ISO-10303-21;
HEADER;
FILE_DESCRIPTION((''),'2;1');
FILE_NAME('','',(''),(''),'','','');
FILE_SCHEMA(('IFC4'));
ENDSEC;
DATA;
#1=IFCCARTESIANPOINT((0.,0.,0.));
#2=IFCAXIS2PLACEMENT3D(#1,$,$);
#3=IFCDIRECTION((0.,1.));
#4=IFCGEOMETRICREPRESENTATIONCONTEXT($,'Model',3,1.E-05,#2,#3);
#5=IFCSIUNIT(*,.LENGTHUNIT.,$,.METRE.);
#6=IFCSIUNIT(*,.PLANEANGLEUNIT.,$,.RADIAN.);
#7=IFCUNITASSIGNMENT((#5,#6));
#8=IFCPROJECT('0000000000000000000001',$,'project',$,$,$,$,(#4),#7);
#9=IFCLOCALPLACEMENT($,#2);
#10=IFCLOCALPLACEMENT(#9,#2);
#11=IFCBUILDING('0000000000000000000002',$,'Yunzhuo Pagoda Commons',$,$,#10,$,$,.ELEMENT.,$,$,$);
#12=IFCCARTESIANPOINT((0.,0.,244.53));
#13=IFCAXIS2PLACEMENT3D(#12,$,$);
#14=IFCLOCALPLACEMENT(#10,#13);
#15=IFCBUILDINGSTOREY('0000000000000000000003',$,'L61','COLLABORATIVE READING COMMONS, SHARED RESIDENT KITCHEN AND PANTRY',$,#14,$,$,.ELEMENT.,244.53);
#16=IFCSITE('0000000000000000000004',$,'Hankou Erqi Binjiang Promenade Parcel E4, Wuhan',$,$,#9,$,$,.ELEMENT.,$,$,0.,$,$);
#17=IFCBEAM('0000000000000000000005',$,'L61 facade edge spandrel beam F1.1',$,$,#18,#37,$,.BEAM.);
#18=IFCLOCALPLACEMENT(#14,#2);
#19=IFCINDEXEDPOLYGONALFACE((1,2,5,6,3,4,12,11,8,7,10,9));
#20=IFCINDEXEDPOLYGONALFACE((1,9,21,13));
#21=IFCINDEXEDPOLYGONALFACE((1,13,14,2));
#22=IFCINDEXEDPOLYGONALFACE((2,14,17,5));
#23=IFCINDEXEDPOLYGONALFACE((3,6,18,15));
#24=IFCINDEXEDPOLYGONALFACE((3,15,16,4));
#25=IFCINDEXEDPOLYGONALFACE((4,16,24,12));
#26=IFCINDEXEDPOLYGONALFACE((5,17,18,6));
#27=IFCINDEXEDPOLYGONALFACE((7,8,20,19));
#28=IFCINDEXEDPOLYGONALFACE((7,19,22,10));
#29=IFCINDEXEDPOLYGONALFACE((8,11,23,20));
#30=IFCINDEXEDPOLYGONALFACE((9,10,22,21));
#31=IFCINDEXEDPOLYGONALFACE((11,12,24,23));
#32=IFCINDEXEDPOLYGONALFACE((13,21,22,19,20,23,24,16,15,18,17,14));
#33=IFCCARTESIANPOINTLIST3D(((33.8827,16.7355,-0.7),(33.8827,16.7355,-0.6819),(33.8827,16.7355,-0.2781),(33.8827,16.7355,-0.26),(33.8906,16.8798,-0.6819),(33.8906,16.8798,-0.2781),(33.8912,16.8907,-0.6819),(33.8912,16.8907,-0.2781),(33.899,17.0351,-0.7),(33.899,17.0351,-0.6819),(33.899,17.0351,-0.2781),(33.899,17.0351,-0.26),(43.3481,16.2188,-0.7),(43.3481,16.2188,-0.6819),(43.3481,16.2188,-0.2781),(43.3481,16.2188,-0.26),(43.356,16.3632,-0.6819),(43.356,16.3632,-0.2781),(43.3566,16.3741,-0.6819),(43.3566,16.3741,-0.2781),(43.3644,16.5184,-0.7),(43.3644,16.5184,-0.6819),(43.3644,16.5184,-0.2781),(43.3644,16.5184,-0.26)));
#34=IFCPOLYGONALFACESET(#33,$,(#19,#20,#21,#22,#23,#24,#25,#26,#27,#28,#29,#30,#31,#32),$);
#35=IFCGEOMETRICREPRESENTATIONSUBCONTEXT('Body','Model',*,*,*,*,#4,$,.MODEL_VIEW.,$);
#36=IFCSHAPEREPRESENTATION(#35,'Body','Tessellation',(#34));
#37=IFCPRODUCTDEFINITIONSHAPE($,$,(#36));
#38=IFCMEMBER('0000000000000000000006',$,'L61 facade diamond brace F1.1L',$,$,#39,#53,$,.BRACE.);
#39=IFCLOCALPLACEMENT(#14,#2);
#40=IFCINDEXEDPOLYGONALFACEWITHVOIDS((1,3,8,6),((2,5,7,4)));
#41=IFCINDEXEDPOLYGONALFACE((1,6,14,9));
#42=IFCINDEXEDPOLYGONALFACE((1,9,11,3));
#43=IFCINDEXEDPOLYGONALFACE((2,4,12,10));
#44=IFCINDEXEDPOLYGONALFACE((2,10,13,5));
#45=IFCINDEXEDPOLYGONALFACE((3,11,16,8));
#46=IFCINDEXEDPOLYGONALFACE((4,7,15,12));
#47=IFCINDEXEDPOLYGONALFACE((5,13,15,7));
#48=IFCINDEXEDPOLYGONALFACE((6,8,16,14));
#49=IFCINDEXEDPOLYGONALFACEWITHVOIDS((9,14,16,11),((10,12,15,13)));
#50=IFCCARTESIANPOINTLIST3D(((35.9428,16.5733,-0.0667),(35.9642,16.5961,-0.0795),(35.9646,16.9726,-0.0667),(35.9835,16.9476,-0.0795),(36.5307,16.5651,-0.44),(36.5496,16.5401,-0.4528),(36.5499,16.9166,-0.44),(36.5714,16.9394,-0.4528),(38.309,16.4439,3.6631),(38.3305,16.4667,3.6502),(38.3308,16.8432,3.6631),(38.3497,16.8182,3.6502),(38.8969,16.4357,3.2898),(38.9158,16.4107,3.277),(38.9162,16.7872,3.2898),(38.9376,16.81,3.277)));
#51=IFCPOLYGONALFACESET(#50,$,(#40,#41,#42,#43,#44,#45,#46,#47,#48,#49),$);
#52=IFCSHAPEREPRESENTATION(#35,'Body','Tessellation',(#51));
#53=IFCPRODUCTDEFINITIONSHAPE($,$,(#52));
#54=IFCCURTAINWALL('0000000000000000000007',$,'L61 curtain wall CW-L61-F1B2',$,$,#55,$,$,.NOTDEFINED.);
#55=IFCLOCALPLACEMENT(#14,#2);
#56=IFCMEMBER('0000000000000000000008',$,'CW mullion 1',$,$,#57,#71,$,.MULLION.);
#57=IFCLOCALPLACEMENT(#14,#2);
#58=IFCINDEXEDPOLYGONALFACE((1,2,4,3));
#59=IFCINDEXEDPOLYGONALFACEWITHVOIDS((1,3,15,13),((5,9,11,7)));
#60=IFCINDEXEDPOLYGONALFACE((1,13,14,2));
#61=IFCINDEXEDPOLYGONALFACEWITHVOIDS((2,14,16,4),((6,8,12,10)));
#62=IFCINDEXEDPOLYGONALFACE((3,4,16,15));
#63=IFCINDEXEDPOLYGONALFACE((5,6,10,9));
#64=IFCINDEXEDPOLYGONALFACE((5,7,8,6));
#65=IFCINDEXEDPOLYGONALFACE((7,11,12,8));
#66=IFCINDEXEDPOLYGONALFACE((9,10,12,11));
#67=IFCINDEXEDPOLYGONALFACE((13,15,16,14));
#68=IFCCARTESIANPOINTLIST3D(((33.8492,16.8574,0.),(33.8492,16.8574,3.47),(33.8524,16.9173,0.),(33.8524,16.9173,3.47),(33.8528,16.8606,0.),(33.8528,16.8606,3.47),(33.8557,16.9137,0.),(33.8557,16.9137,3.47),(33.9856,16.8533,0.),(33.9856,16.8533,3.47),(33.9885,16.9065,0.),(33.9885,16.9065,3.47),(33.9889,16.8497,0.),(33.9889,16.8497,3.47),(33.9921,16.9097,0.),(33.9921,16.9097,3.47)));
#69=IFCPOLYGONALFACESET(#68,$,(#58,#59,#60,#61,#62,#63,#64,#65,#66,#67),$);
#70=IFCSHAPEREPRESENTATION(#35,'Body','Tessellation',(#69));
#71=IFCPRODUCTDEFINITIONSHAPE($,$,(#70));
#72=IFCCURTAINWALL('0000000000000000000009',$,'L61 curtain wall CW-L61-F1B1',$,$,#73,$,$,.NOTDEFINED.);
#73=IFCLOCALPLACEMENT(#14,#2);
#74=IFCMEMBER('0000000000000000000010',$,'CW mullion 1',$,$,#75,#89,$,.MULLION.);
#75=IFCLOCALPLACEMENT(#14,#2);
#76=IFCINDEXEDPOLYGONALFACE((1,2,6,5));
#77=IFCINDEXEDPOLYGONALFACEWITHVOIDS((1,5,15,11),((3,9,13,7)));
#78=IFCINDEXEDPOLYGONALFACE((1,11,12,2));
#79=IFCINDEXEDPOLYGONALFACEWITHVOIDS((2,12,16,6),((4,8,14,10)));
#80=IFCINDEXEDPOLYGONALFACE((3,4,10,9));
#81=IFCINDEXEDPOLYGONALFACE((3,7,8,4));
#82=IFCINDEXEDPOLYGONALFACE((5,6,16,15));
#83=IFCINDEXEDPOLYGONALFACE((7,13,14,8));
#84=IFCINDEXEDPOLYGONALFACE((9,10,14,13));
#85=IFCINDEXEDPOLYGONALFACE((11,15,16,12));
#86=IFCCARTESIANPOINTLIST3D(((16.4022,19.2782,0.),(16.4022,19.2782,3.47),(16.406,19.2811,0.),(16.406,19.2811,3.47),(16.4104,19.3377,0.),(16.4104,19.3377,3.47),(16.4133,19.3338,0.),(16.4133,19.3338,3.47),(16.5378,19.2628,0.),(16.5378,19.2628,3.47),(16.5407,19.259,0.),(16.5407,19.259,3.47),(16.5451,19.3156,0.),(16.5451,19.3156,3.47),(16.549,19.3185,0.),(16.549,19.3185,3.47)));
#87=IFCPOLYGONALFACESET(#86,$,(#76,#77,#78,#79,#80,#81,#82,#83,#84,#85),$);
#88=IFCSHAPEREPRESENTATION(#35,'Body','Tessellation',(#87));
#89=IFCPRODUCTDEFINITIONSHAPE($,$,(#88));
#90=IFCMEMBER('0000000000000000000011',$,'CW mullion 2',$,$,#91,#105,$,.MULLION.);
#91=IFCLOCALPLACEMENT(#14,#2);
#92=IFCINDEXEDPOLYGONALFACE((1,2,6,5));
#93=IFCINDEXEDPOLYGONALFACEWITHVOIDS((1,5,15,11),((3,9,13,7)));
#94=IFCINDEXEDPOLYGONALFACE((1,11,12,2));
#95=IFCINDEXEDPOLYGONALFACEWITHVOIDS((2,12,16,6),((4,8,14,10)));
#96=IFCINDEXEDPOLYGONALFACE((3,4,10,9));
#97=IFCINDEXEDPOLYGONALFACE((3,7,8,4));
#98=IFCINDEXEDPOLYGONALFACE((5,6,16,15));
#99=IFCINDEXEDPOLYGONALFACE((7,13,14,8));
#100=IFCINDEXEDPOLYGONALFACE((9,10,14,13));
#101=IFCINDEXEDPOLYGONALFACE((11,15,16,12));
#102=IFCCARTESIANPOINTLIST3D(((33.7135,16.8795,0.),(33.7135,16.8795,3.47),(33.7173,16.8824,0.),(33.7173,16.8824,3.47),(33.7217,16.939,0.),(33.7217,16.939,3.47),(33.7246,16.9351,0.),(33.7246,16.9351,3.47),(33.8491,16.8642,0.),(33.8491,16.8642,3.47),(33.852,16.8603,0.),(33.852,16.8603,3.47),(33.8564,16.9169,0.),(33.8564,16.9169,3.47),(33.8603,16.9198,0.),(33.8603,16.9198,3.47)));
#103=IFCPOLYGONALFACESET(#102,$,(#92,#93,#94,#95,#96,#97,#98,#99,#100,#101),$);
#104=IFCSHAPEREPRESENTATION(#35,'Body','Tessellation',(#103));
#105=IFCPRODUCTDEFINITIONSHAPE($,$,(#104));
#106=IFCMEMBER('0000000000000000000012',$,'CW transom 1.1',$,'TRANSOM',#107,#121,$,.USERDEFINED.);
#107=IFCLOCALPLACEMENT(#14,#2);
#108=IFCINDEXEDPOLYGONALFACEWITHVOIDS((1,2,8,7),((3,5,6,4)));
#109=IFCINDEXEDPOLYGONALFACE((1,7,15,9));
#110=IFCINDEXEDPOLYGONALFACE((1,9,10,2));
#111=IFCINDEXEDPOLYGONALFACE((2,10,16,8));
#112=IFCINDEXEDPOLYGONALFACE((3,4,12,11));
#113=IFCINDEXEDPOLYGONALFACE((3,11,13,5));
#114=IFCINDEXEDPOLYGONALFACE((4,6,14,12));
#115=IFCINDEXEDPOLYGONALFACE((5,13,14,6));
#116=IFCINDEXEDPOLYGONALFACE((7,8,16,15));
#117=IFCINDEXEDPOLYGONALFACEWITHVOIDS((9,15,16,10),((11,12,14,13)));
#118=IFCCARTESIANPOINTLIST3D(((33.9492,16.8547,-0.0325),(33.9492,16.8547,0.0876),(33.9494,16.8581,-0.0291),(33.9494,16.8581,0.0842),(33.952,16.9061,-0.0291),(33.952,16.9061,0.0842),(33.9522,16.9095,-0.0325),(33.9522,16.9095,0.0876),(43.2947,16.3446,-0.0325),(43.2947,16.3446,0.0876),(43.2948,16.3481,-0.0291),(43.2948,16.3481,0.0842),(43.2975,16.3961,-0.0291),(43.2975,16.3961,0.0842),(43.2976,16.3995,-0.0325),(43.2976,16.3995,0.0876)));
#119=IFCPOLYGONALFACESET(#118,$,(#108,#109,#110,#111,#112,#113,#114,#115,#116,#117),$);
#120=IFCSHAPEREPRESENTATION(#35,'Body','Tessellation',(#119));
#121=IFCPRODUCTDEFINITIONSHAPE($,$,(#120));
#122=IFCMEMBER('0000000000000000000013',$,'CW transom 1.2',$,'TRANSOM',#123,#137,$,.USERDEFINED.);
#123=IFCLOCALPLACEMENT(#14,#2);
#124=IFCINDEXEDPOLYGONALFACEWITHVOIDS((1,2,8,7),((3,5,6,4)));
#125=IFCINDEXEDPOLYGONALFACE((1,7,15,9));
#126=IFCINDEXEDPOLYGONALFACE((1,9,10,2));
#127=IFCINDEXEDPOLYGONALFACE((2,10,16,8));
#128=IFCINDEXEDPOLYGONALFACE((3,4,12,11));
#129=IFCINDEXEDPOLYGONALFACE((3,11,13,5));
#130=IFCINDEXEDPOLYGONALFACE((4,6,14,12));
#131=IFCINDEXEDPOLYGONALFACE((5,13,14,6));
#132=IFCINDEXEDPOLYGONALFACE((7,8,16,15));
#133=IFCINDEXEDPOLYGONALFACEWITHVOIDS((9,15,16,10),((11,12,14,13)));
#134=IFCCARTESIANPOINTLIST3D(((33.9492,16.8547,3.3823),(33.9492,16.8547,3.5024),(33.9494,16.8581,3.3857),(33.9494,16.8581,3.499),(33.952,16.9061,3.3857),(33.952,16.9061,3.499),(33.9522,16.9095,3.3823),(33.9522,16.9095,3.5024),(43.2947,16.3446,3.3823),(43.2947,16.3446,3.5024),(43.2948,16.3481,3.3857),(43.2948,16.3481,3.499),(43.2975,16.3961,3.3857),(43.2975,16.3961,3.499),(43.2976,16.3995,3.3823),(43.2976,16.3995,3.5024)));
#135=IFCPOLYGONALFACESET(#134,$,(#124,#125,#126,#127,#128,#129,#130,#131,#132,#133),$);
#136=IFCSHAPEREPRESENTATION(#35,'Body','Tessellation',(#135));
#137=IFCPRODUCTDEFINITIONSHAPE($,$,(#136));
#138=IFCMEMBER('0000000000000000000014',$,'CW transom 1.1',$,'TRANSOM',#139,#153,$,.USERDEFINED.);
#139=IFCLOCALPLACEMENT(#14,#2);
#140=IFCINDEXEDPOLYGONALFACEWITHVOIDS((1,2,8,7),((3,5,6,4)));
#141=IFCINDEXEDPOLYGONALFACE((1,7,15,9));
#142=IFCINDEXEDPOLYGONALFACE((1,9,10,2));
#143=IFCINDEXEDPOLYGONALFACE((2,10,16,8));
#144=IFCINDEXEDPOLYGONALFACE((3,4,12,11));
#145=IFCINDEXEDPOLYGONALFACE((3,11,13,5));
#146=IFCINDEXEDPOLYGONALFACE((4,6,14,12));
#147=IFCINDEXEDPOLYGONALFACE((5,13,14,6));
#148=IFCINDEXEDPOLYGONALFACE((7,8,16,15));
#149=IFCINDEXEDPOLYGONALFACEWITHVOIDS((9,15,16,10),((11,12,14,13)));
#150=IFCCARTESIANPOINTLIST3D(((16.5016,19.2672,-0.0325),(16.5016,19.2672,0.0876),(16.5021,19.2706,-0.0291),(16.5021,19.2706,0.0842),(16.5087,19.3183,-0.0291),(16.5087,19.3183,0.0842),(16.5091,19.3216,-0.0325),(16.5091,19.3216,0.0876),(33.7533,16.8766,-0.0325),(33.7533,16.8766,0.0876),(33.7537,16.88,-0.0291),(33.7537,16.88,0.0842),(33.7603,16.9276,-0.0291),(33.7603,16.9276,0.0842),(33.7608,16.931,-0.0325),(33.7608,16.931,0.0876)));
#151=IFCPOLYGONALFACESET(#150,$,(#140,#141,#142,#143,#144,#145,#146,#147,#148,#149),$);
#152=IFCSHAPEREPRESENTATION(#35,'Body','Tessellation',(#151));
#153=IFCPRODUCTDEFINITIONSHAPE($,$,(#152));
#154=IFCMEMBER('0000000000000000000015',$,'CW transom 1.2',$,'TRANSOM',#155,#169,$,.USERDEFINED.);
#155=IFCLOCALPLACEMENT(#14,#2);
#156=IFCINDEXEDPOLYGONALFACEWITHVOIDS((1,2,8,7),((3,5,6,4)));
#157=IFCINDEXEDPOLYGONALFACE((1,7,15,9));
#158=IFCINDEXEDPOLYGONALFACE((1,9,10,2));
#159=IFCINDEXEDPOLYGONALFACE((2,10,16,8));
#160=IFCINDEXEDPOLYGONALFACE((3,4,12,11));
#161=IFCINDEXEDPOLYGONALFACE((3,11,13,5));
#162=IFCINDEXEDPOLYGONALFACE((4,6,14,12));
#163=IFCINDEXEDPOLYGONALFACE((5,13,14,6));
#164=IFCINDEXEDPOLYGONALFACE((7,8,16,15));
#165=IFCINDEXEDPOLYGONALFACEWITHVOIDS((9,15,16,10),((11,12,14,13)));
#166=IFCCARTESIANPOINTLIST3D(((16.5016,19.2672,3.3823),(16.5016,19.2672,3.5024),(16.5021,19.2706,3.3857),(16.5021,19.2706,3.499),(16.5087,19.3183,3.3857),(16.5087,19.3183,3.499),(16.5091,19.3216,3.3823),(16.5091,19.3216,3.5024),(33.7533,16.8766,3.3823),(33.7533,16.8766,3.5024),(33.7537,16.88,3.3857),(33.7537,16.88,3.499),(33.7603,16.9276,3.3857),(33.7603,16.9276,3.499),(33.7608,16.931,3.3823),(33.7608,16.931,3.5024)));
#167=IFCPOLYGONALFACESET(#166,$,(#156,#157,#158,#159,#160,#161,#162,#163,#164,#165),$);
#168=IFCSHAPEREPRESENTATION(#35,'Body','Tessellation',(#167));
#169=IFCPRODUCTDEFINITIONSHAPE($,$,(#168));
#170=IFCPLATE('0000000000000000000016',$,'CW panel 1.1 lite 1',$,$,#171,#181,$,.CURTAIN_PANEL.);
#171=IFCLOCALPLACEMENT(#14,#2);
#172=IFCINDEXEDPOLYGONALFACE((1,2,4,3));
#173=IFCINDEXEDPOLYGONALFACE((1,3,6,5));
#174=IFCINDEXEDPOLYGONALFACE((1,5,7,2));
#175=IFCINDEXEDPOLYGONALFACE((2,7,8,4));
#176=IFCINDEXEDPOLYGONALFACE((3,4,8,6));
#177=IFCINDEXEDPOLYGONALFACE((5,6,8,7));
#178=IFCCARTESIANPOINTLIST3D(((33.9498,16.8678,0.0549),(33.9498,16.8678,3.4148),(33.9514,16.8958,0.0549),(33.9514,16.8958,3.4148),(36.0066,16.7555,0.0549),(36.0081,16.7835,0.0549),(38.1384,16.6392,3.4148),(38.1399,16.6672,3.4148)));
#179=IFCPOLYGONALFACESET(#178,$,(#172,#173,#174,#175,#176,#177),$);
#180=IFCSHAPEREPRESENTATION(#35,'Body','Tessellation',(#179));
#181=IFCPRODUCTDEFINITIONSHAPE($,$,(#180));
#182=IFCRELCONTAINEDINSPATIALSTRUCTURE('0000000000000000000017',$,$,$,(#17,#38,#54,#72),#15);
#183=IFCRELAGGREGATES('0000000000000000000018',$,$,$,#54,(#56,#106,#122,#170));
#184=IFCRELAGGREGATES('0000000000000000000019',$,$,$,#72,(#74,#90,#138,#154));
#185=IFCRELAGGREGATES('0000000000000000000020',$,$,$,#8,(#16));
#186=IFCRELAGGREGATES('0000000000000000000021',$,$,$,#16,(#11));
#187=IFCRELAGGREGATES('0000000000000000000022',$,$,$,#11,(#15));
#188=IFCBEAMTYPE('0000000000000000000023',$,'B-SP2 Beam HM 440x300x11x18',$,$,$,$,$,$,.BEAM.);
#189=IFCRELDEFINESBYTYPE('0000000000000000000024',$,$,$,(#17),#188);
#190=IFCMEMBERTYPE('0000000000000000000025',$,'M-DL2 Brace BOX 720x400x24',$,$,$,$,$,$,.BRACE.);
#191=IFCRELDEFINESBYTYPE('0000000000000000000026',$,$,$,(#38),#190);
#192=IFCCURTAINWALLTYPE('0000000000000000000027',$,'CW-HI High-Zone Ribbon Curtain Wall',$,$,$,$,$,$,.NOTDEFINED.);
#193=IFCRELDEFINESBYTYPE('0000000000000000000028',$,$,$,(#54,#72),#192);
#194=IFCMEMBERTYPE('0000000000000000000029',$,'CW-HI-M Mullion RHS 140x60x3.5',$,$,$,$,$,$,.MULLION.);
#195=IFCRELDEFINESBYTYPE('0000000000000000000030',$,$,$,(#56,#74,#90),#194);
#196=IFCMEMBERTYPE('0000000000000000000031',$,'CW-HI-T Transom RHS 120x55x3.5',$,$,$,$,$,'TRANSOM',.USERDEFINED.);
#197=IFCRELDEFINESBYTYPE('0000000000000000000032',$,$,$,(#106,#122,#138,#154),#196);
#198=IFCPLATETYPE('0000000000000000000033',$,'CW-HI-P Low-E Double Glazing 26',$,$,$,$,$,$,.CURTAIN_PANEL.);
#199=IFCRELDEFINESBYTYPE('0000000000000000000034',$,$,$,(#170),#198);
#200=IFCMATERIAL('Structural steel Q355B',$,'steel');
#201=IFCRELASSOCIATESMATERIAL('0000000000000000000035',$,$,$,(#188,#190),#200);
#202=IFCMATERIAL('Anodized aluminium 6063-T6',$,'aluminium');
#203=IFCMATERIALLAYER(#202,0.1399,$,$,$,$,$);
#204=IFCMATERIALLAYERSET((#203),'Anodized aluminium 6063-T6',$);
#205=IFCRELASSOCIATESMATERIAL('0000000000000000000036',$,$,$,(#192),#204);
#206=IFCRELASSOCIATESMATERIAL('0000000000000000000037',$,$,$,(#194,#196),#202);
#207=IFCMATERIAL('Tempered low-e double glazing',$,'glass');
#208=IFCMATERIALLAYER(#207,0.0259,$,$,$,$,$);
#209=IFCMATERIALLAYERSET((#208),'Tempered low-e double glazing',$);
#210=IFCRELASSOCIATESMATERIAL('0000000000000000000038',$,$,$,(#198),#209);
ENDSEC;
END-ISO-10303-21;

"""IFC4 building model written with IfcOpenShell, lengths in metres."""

from ifc_helpers import new_model, si_unit, direction, frame, origin, origin_2d, place, context, subcontext, project, spatial, polyline, hollow_rectangle, i_section, outline, extrude, source, transform, mapped, material, layer, layer_set, material_profile, profile_set, type_object, element, aggregate, save


model = new_model("IFC4")

# Units and contexts
model_context = context("Model", 3, precision=1e-05, world=origin(), true_north=direction((0.0, 1.0)))
body_context = subcontext(model_context, "Body", "Model", "MODEL_VIEW")
ifc_project = project(units=[si_unit("LENGTHUNIT", "METRE"), si_unit("PLANEANGLEUNIT", "RADIAN")], contexts=[model_context])

# Site, building, storey
site_placement = place(None, origin())
site = spatial("IfcSite", under=ifc_project, at=site_placement, Name="Hankou Erqi Binjiang Promenade Parcel E4, Wuhan", CompositionType="ELEMENT", RefElevation=0.0)
building_placement = place(site_placement, origin())
building = spatial("IfcBuilding", under=site, at=building_placement, Name="Yunzhuo Pagoda Commons", CompositionType="ELEMENT")
storey_placement = place(building_placement, frame((0.0, 0.0, 244.53)))
storey = spatial("IfcBuildingStorey", under=building, at=storey_placement, Name="L61", Description="COLLABORATIVE READING COMMONS, SHARED RESIDENT KITCHEN AND PANTRY", CompositionType="ELEMENT", Elevation=244.53)

# Shared definitions
ifc_material_1 = material(Name="Structural steel Q355B", Category="steel")

# Beam
ifc_material_profile_1 = material_profile(ifc_material_1, i_section(OverallWidth=0.3, OverallDepth=0.4399, WebThickness=0.011, FlangeThickness=0.0181, at=origin_2d()), Name="Structural steel Q355B")
ifc_profile_set_1 = profile_set([ifc_material_profile_1], Name="Structural steel Q355B")
beam_type_1 = type_object("IfcBeamType", Name="B-SP2 Beam HM 440x300x11x18", PredefinedType="BEAM", material=ifc_profile_set_1)
shared_shape_1 = source(origin(), body_context, "Body", "SweptSolid", [
    extrude(i_section(OverallWidth=0.3, OverallDepth=0.4399, WebThickness=0.011, FlangeThickness=0.0181, at=origin_2d()), origin(), (0.0, 0.0, 1.0), 9.4795),
])
beam_1_placement = place(storey_placement, frame((33.8909, 16.8853, -0.48), z_axis=(0.998514, -0.054497, 0.0), x_axis=(0.054497, 0.998514, 0.0)))
element("IfcBeam", 1, at=beam_1_placement, inside=storey, type_object=beam_type_1, Name="L61 facade edge spandrel beam F1.1", PredefinedType="BEAM", context=body_context, shape_type="MappedRepresentation", body=[
    mapped(shared_shape_1, transform((0.0, 0.0, 0.0), scale=1.0)),
])

# Member
ifc_material_profile_2 = material_profile(ifc_material_1, hollow_rectangle(XDim=0.3999, YDim=0.72, WallThickness=0.0239, at=origin_2d()), Name="Structural steel Q355B")
ifc_profile_set_2 = profile_set([ifc_material_profile_2], Name="Structural steel Q355B")
member_type_1 = type_object("IfcMemberType", Name="M-DL2 Brace BOX 720x400x24", PredefinedType="BRACE", material=ifc_profile_set_2)
shared_shape_2 = source(origin(), body_context, "Body", "SweptSolid", [
    extrude(hollow_rectangle(XDim=0.3999, YDim=0.72, WallThickness=0.0239, at=origin_2d()), origin(), (0.0, 0.0, 1.0), 4.4189),
])
member_1_placement = place(storey_placement, frame((36.2571, 16.7563, -0.2598), z_axis=(0.535476, -0.029282, 0.844043), x_axis=(0.054603, 0.998508, 0.0)))
element("IfcMember", 2, at=member_1_placement, inside=storey, type_object=member_type_1, Name="L61 facade diamond brace F1.1L", PredefinedType="BRACE", context=body_context, shape_type="MappedRepresentation", body=[
    mapped(shared_shape_2, transform((0.0, 0.0, 0.0), scale=1.0)),
])

# Curtain wall, member
ifc_material_2 = material(Name="Anodized aluminium 6063-T6", Category="aluminium")
ifc_layer_1 = layer(ifc_material_2, 0.1399)
ifc_layer_set_1 = layer_set([ifc_layer_1], Name="Anodized aluminium 6063-T6")
curtain_wall_type = type_object("IfcCurtainWallType", Name="CW-HI High-Zone Ribbon Curtain Wall", PredefinedType="NOTDEFINED", material=ifc_layer_set_1)
curtain_wall_1_placement = place(storey_placement, origin())
curtain_wall_1 = element("IfcCurtainWall", 3, at=curtain_wall_1_placement, inside=storey, type_object=curtain_wall_type, Name="L61 curtain wall CW-L61-F1B2", PredefinedType="NOTDEFINED")
ifc_material_profile_3 = material_profile(ifc_material_2, hollow_rectangle(XDim=0.0601, YDim=0.1399, WallThickness=0.0034, at=origin_2d()), Name="Anodized aluminium 6063-T6")
ifc_profile_set_3 = profile_set([ifc_material_profile_3], Name="Anodized aluminium 6063-T6")
member_type_2 = type_object("IfcMemberType", Name="CW-HI-M Mullion RHS 140x60x3.5", PredefinedType="MULLION", material=ifc_profile_set_3)
shared_shape_3 = source(origin(), body_context, "Body", "SweptSolid", [
    extrude(hollow_rectangle(XDim=0.0601, YDim=0.1399, WallThickness=0.0034, at=origin_2d()), origin(), (0.0, 0.0, 1.0), 3.47),
])
member_2_placement = place(storey_placement, frame((33.9207, 16.8835, 0.0), z_axis=(0.0, 0.0, 1.0), x_axis=(0.054497, 0.998514, 0.0)))
member_2 = element("IfcMember", 4, at=member_2_placement, type_object=member_type_2, Name="CW mullion 1", PredefinedType="MULLION", context=body_context, shape_type="MappedRepresentation", body=[
    mapped(shared_shape_3, transform((0.0, 0.0, 0.0), scale=1.0)),
])

# Curtain wall, members
curtain_wall_2_placement = place(storey_placement, origin())
curtain_wall_2 = element("IfcCurtainWall", 5, at=curtain_wall_2_placement, inside=storey, type_object=curtain_wall_type, Name="L61 curtain wall CW-L61-F1B1", PredefinedType="NOTDEFINED")
member_3_placement = place(storey_placement, frame((16.4756, 19.2983, 0.0), z_axis=(0.0, 0.0, 1.0), x_axis=(0.13725, 0.990536, 0.0)))
member_3 = element("IfcMember", 6, at=member_3_placement, type_object=member_type_2, Name="CW mullion 1", PredefinedType="MULLION", context=body_context, shape_type="MappedRepresentation", body=[
    mapped(shared_shape_3, transform((0.0, 0.0, 0.0), scale=1.0)),
])
member_4_placement = place(storey_placement, frame((33.7869, 16.8997, 0.0), z_axis=(0.0, 0.0, 1.0), x_axis=(0.13725, 0.990536, 0.0)))
member_4 = element("IfcMember", 7, at=member_4_placement, type_object=member_type_2, Name="CW mullion 2", PredefinedType="MULLION", context=body_context, shape_type="MappedRepresentation", body=[
    mapped(shared_shape_3, transform((0.0, 0.0, 0.0), scale=1.0)),
])

# Members
ifc_material_profile_4 = material_profile(ifc_material_2, hollow_rectangle(XDim=0.0549, YDim=0.1201, WallThickness=0.0034, at=origin_2d()), Name="Anodized aluminium 6063-T6")
ifc_profile_set_4 = profile_set([ifc_material_profile_4], Name="Anodized aluminium 6063-T6")
member_type_3 = type_object("IfcMemberType", Name="CW-HI-T Transom RHS 120x55x3.5", ElementType="TRANSOM", PredefinedType="USERDEFINED", material=ifc_profile_set_4)
shared_shape_4 = source(origin(), body_context, "Body", "SweptSolid", [
    extrude(hollow_rectangle(XDim=0.0549, YDim=0.1201, WallThickness=0.0034, at=origin_2d()), origin(), (0.0, 0.0, 1.0), 9.3594),
])
member_5_placement = place(storey_placement, frame((33.9507, 16.8821, 0.0276), z_axis=(0.998514, -0.054492, 0.0), x_axis=(0.054492, 0.998514, 0.0)))
member_5 = element("IfcMember", 8, at=member_5_placement, type_object=member_type_3, Name="CW transom 1.1", ObjectType="TRANSOM", PredefinedType="USERDEFINED", context=body_context, shape_type="MappedRepresentation", body=[
    mapped(shared_shape_4, transform((0.0, 0.0, 0.0), scale=1.0)),
])
member_6_placement = place(storey_placement, frame((33.9507, 16.8821, 3.4424), z_axis=(0.998514, -0.054492, 0.0), x_axis=(0.054492, 0.998514, 0.0)))
member_6 = element("IfcMember", 9, at=member_6_placement, type_object=member_type_3, Name="CW transom 1.2", ObjectType="TRANSOM", PredefinedType="USERDEFINED", context=body_context, shape_type="MappedRepresentation", body=[
    mapped(shared_shape_4, transform((0.0, 0.0, 0.0), scale=1.0)),
])
shared_shape_5 = source(origin(), body_context, "Body", "SweptSolid", [
    extrude(hollow_rectangle(XDim=0.0549, YDim=0.1201, WallThickness=0.0034, at=origin_2d()), origin(), (0.0, 0.0, 1.0), 17.4165),
])
member_7_placement = place(storey_placement, frame((16.5054, 19.2944, 0.0276), z_axis=(0.990535, -0.137262, 0.0), x_axis=(0.137262, 0.990535, 0.0)))
member_7 = element("IfcMember", 10, at=member_7_placement, type_object=member_type_3, Name="CW transom 1.1", ObjectType="TRANSOM", PredefinedType="USERDEFINED", context=body_context, shape_type="MappedRepresentation", body=[
    mapped(shared_shape_5, transform((0.0, 0.0, 0.0), scale=1.0)),
])
member_8_placement = place(storey_placement, frame((16.5054, 19.2944, 3.4424), z_axis=(0.990535, -0.137262, 0.0), x_axis=(0.137262, 0.990535, 0.0)))
member_8 = element("IfcMember", 11, at=member_8_placement, type_object=member_type_3, Name="CW transom 1.2", ObjectType="TRANSOM", PredefinedType="USERDEFINED", context=body_context, shape_type="MappedRepresentation", body=[
    mapped(shared_shape_5, transform((0.0, 0.0, 0.0), scale=1.0)),
])

# Plate
ifc_material_3 = material(Name="Tempered low-e double glazing", Category="glass")
ifc_layer_2 = layer(ifc_material_3, 0.0259)
ifc_layer_set_2 = layer_set([ifc_layer_2], Name="Tempered low-e double glazing")
plate_type_1 = type_object("IfcPlateType", Name="CW-HI-P Low-E Double Glazing 26", PredefinedType="CURTAIN_PANEL", material=ifc_layer_set_2)
plate_1_placement = place(storey_placement, frame((36.0457, 16.7815, 1.7349), z_axis=(-0.054497, -0.998514, 0.0), x_axis=(0.998514, -0.054497, 0.0)))
plate_1 = element("IfcPlate", 12, at=plate_1_placement, type_object=plate_type_1, Name="CW panel 1.1 lite 1", PredefinedType="CURTAIN_PANEL", context=body_context, shape_type="SweptSolid", body=[
    extrude(outline(polyline([(-2.0974, -1.6799), (-0.0376, -1.6799), (2.0974, 1.6799), (-2.0974, 1.6799), (-2.0974, -1.6799)])), origin(), (0.0, 0.0, 1.0), 0.0281),
])
aggregate(curtain_wall_1, [member_2, member_5, member_6, plate_1])
aggregate(curtain_wall_2, [member_3, member_4, member_7, member_8])

save(model, "model.ifc")
